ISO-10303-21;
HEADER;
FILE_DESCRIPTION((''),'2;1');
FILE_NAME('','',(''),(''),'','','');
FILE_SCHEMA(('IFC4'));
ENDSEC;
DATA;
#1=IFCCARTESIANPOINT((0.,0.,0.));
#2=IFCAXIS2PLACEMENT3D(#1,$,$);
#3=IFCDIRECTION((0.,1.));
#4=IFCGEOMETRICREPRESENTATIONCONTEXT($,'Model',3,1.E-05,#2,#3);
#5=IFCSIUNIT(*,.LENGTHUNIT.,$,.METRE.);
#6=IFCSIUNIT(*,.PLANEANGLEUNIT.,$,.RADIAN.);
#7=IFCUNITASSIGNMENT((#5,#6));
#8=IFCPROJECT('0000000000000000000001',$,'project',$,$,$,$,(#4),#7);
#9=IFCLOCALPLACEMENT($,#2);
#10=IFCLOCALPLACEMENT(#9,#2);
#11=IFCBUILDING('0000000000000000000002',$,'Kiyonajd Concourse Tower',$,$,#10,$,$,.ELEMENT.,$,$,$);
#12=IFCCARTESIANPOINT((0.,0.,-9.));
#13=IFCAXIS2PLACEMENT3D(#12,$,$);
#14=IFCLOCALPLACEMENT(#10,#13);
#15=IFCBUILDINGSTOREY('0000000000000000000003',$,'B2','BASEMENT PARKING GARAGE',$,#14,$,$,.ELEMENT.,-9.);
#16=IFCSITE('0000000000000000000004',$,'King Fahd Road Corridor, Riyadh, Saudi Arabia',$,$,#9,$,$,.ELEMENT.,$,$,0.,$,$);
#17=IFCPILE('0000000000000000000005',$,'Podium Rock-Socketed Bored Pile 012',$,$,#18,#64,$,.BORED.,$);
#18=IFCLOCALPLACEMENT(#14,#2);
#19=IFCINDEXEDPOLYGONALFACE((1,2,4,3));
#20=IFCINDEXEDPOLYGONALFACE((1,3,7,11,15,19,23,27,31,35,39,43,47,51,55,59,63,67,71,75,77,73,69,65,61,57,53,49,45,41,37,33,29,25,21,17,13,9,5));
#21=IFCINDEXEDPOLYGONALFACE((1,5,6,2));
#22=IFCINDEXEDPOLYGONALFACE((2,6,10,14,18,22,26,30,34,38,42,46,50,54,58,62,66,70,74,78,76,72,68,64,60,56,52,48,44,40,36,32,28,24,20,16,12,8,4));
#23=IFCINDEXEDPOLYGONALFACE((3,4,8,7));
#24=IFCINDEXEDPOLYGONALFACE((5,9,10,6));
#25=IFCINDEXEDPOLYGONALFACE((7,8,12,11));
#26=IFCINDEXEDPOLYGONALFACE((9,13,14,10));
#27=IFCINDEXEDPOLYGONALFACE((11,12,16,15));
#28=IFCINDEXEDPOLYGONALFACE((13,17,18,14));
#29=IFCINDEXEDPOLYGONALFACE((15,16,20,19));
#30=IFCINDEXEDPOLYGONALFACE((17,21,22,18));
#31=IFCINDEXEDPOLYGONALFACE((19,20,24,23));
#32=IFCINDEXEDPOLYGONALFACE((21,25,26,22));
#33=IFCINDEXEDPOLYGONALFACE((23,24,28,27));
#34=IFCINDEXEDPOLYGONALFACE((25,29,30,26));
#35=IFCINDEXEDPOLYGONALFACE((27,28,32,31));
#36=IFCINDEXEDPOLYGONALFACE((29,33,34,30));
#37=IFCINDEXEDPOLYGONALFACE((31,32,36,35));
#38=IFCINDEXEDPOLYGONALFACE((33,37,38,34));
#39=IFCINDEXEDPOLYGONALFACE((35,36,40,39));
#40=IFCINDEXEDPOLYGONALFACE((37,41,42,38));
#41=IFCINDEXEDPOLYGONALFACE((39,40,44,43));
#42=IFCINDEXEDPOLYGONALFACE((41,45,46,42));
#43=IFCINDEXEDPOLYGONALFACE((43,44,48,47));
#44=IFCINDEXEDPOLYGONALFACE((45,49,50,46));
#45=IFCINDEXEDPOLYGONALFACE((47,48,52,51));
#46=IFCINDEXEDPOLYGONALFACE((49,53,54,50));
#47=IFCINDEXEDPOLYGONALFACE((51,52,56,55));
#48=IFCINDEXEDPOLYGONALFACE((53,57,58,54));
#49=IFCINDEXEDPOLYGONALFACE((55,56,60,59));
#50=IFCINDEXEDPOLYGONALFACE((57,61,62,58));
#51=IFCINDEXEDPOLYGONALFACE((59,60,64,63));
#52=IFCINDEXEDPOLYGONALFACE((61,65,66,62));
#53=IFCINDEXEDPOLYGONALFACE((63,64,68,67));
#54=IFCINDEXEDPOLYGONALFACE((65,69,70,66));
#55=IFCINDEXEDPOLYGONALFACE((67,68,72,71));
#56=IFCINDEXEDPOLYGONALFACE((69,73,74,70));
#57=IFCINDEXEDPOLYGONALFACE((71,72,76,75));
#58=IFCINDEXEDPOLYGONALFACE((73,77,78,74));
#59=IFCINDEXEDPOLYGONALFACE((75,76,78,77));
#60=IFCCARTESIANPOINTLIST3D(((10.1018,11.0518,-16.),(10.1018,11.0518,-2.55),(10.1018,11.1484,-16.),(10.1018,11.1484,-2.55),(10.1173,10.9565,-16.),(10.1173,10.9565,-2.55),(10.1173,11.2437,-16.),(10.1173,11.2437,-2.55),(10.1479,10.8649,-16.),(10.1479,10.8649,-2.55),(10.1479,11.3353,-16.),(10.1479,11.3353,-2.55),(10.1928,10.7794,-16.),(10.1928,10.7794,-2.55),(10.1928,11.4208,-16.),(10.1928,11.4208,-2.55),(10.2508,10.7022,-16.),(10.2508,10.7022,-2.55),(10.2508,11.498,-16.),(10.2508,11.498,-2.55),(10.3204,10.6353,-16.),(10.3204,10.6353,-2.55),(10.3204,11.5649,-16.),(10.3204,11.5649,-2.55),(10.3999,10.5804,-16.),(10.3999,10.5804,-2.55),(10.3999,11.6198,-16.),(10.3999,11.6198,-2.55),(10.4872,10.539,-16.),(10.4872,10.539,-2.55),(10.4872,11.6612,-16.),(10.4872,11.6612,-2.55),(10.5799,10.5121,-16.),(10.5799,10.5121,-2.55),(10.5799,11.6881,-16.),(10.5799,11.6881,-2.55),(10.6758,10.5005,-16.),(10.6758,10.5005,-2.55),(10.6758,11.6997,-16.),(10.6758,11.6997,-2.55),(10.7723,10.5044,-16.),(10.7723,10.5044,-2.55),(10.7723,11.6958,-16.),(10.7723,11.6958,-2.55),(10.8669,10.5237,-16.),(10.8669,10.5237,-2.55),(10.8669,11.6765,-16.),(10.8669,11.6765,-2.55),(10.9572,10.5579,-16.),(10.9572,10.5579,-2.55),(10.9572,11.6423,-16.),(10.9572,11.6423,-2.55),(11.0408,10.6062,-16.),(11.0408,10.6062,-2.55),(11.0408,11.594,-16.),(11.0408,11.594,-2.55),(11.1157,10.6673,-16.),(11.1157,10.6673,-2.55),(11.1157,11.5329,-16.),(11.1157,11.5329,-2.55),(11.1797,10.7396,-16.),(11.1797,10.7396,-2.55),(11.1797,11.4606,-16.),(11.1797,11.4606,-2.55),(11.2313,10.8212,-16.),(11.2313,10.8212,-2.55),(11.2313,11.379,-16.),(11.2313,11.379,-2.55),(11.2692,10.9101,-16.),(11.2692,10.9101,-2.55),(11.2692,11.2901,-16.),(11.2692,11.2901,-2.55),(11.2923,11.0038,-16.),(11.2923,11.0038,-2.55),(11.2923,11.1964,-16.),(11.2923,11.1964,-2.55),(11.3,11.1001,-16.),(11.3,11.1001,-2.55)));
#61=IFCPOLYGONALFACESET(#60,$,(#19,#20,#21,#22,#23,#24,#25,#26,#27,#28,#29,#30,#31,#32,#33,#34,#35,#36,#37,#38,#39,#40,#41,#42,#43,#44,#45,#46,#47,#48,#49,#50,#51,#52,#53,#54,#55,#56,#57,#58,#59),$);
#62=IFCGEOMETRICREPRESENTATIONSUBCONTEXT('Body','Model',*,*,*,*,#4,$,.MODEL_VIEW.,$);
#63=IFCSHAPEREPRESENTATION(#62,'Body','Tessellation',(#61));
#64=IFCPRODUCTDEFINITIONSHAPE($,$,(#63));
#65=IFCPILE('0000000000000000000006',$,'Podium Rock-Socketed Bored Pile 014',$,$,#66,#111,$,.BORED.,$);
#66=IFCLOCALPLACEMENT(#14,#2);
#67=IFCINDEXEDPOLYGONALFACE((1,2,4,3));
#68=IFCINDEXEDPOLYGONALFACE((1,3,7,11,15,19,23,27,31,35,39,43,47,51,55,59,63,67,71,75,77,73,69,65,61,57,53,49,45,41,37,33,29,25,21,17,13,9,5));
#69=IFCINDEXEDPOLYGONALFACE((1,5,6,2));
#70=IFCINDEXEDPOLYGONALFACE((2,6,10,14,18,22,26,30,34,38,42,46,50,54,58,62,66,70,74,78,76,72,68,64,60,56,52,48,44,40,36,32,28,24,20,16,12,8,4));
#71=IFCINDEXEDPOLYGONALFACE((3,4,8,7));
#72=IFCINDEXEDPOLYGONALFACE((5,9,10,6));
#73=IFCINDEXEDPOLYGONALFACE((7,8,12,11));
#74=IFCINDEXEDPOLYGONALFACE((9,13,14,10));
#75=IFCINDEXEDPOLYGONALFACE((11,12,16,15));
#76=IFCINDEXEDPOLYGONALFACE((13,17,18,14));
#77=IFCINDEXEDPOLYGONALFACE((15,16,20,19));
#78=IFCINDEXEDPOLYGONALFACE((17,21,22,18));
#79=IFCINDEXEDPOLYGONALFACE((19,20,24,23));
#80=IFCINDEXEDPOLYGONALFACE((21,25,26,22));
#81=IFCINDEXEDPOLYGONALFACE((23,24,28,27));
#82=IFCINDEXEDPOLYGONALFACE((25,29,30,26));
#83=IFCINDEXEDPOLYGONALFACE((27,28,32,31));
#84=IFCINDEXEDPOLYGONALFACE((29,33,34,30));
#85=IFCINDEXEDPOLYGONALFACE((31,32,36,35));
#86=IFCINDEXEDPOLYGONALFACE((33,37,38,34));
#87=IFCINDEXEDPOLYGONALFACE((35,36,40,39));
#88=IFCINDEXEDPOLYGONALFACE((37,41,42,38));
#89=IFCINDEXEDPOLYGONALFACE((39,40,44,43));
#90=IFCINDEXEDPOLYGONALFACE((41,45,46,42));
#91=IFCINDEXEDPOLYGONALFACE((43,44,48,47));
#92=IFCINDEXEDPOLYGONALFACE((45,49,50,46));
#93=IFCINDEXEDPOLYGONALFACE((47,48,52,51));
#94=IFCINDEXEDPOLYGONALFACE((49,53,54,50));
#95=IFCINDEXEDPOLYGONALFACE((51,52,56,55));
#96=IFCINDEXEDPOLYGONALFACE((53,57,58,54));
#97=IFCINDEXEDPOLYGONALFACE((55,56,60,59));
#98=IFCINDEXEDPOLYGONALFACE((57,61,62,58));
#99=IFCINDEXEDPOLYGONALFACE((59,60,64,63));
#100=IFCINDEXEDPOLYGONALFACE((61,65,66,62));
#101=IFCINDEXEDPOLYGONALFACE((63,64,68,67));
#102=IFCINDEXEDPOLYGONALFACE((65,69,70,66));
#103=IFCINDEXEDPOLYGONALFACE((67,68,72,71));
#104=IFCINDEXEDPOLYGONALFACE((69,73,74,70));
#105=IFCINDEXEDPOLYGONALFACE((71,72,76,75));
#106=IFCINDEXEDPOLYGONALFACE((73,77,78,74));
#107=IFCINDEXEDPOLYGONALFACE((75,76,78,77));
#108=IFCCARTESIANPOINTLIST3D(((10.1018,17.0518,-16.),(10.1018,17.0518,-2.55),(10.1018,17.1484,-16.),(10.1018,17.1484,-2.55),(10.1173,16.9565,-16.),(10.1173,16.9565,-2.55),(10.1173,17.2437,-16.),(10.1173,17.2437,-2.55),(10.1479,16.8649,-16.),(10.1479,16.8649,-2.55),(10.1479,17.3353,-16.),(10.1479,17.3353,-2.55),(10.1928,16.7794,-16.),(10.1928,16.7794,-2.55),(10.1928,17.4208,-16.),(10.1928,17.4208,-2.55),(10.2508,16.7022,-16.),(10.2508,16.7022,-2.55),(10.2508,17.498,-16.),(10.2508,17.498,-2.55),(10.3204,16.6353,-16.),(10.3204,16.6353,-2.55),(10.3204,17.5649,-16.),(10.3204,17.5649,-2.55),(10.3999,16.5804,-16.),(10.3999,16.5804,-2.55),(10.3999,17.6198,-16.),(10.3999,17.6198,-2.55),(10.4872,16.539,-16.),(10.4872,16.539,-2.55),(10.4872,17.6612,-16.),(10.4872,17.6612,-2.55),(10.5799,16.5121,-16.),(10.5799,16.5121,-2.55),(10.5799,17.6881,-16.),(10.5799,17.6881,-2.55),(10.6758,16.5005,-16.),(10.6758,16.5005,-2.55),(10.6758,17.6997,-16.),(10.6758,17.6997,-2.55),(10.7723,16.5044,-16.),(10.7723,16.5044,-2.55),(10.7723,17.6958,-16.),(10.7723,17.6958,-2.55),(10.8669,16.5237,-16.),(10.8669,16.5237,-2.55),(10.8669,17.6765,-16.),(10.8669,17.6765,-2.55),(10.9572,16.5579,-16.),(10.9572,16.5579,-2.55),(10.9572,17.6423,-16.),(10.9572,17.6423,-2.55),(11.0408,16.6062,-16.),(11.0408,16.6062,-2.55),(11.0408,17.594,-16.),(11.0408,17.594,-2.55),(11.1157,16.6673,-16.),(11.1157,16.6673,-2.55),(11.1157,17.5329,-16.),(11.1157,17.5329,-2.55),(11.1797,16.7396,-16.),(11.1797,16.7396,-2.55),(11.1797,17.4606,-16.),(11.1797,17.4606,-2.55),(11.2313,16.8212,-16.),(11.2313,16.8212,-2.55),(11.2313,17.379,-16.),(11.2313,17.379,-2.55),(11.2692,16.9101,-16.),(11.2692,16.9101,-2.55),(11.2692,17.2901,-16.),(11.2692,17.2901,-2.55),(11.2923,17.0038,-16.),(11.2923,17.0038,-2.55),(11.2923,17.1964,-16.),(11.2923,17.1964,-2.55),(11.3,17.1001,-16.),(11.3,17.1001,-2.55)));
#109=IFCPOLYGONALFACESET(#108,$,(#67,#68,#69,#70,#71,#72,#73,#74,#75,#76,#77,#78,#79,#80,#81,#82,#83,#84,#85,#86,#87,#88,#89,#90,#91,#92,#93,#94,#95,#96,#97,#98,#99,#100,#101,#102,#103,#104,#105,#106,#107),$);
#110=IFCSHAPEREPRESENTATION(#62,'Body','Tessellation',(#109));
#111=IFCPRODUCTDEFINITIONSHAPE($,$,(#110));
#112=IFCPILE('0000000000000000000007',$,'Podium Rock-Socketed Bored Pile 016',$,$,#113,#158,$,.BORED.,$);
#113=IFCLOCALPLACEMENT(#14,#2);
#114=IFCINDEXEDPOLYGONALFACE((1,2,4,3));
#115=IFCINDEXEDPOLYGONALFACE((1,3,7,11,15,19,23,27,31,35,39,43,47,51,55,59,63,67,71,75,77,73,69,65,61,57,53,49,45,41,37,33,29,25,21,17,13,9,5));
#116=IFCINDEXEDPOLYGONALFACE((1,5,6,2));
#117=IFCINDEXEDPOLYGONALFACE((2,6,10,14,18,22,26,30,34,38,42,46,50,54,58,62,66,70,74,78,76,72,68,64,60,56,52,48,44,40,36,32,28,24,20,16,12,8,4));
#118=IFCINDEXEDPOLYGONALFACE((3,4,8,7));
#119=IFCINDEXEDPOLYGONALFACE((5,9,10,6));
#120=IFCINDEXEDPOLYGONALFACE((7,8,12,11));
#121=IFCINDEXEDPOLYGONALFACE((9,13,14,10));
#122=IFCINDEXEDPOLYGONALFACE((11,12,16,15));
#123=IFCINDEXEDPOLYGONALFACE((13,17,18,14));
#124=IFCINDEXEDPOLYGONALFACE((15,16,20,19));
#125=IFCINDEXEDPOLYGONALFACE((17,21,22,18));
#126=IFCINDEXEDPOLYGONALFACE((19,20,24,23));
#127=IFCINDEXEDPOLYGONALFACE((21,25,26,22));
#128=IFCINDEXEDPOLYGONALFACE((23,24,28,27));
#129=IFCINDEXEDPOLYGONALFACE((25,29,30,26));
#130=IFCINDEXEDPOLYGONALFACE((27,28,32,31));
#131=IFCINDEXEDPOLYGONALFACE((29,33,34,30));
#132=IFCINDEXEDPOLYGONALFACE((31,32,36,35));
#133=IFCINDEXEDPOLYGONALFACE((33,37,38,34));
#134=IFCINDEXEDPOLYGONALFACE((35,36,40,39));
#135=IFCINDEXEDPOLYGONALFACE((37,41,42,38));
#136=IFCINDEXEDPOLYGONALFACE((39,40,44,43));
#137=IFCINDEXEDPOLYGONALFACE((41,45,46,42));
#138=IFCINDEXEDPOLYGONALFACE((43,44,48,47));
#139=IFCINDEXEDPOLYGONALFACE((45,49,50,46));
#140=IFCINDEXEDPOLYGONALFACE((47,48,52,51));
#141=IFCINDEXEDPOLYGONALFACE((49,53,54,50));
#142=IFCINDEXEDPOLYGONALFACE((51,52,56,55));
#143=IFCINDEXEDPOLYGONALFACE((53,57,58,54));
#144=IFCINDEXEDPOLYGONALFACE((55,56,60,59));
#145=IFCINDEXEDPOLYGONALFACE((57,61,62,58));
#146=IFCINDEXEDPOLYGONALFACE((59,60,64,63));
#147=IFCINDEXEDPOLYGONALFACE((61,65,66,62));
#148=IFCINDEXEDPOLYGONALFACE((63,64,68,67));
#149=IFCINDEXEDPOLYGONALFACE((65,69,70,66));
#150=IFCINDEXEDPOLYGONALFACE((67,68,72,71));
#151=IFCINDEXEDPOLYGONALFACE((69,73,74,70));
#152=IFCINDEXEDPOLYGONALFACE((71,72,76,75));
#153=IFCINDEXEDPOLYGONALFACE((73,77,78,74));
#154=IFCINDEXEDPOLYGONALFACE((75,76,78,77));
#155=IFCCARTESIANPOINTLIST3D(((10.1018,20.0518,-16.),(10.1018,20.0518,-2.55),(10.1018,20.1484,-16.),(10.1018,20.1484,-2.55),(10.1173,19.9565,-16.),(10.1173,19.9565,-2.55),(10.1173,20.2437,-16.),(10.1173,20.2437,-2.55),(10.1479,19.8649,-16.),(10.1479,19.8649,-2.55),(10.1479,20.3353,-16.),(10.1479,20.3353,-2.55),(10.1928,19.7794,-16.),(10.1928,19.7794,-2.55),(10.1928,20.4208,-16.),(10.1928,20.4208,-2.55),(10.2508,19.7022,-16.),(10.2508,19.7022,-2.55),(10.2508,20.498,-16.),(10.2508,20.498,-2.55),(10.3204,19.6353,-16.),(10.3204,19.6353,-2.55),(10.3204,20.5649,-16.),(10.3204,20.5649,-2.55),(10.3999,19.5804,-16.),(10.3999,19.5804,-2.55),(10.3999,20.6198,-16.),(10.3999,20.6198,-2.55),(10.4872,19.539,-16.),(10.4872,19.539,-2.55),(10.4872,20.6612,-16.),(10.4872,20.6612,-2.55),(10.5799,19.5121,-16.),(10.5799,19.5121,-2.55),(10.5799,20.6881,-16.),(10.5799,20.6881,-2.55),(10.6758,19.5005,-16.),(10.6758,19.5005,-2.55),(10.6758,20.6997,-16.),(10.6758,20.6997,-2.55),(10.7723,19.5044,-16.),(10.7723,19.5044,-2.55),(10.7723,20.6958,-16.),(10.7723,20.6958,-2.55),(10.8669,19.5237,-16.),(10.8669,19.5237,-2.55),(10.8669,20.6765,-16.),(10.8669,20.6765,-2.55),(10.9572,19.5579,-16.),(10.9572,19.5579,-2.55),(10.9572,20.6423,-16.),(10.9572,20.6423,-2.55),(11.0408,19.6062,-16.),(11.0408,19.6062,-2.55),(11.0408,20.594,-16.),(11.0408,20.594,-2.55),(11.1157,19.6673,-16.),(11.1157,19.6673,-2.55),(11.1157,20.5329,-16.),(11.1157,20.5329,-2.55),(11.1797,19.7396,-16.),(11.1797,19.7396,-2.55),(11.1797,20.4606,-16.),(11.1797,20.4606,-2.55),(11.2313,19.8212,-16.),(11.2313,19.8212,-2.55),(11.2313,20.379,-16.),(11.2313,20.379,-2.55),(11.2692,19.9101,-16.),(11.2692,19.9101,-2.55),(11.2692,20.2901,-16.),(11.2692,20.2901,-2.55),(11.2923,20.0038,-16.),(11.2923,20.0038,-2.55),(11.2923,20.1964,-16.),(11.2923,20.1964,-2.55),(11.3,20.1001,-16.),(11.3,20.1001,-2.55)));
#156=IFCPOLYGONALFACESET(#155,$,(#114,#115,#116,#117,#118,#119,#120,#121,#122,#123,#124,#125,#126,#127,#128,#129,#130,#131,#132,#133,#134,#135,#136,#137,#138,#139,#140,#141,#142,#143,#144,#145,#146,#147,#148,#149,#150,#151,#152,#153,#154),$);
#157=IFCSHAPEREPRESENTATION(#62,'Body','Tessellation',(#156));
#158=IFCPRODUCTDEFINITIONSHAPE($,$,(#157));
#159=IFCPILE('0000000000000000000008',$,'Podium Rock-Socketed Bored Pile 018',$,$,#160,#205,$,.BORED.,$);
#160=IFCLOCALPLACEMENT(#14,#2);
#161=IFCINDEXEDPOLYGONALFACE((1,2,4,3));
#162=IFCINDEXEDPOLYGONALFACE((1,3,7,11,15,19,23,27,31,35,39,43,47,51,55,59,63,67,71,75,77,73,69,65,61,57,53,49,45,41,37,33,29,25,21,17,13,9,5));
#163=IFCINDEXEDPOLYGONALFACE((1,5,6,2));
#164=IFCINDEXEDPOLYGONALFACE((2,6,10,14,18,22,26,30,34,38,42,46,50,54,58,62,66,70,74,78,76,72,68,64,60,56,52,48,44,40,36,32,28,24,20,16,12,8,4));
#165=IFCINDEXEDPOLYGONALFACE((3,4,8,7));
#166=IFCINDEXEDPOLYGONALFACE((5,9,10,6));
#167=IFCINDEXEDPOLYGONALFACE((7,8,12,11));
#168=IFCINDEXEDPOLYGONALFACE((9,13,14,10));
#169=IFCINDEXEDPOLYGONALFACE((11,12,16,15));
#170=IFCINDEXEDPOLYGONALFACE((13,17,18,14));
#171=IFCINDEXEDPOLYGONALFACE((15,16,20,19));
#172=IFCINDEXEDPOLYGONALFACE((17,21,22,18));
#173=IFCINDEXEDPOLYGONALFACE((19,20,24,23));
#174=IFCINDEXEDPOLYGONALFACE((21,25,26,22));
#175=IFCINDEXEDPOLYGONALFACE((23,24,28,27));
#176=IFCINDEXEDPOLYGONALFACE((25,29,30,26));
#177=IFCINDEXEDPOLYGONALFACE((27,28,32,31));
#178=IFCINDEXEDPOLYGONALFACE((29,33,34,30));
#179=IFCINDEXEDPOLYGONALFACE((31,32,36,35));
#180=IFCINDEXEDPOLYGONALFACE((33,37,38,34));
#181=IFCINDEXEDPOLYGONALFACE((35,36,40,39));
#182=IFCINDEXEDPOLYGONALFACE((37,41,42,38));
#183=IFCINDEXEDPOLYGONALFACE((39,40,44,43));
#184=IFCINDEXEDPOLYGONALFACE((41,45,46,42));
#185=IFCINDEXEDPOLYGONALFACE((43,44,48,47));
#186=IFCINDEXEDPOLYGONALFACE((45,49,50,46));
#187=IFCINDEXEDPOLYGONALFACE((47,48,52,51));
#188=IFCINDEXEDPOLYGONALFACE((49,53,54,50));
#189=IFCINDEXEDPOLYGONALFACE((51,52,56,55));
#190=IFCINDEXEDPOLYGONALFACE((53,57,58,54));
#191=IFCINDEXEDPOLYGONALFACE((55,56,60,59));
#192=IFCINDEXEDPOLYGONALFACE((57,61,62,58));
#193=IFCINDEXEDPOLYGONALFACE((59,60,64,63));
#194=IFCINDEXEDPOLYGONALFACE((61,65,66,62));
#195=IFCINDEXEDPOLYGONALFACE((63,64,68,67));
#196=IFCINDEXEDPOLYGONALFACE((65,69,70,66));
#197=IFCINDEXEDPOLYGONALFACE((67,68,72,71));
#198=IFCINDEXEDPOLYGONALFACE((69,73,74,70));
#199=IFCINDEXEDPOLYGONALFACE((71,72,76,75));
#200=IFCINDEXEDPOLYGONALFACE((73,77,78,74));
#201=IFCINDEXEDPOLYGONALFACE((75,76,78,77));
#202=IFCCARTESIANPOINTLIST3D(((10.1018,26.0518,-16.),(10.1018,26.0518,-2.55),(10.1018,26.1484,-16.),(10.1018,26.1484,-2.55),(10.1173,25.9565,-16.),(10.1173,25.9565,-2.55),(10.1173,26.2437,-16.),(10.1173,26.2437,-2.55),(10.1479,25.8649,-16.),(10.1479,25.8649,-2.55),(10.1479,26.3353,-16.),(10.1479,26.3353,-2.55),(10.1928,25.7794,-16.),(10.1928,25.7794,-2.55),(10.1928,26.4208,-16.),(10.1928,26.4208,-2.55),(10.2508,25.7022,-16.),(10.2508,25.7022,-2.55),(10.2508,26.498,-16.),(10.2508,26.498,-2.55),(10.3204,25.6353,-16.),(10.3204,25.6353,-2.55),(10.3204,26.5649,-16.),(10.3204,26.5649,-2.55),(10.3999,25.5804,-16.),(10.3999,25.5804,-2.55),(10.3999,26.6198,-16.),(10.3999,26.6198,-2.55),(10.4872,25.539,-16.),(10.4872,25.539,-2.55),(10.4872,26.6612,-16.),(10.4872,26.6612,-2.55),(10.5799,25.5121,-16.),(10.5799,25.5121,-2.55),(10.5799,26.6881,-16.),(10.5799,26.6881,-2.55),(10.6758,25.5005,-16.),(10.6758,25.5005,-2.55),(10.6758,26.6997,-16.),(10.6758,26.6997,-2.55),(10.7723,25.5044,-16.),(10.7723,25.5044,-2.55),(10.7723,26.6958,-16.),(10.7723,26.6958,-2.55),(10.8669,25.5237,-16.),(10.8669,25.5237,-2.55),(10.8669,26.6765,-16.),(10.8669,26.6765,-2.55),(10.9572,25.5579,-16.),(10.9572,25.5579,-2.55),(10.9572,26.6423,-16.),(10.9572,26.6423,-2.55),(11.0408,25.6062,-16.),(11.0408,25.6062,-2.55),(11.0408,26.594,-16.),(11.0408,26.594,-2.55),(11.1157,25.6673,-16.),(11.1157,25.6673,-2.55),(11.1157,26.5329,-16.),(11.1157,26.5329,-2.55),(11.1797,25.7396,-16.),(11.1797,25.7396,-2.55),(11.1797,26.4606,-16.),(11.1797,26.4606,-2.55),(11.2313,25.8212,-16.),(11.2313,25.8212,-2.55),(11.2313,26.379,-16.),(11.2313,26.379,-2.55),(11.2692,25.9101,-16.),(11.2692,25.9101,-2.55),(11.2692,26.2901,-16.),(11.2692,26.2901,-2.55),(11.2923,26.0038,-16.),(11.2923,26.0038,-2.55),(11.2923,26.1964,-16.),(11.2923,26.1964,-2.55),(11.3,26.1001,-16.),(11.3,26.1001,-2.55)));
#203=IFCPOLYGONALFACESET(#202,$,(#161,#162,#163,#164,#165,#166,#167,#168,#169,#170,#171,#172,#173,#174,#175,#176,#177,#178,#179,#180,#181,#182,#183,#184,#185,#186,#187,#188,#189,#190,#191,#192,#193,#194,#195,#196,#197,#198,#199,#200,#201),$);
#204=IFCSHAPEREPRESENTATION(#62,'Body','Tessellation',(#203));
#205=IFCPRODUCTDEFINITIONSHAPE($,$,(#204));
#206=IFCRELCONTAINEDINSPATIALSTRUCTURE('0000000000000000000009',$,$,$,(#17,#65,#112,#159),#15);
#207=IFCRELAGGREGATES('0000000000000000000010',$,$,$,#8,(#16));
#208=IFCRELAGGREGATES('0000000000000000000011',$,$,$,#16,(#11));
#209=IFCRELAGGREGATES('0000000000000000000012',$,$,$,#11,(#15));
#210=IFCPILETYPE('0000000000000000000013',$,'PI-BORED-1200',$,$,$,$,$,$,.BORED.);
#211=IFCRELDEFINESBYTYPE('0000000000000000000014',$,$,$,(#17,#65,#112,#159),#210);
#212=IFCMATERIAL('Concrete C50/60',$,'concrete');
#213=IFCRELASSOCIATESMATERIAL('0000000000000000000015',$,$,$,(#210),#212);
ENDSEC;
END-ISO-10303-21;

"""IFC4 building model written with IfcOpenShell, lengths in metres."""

from ifc_helpers import new_model, si_unit, direction, frame, origin, origin_2d, place, context, subcontext, project, spatial, circle, extrude, material, material_profile, profile_set, type_object, element, save


model = new_model("IFC4")

# Units and contexts
model_context = context("Model", 3, precision=1e-05, world=origin(), true_north=direction((0.0, 1.0)))
body_context = subcontext(model_context, "Body", "Model", "MODEL_VIEW")
ifc_project = project(units=[si_unit("LENGTHUNIT", "METRE"), si_unit("PLANEANGLEUNIT", "RADIAN")], contexts=[model_context])

# Site, building, storey
site_placement = place(None, origin())
site = spatial("IfcSite", under=ifc_project, at=site_placement, Name="King Fahd Road Corridor, Riyadh, Saudi Arabia", CompositionType="ELEMENT", RefElevation=0.0)
building_placement = place(site_placement, origin())
building = spatial("IfcBuilding", under=site, at=building_placement, Name="Kiyonajd Concourse Tower", CompositionType="ELEMENT")
storey_placement = place(building_placement, frame((0.0, 0.0, -9.0)))
storey = spatial("IfcBuildingStorey", under=building, at=storey_placement, Name="B2", Description="BASEMENT PARKING GARAGE", CompositionType="ELEMENT", Elevation=-9.0)

# Piles
ifc_material_1 = material(Name="Concrete C50/60", Category="concrete")
ifc_material_profile_1 = material_profile(ifc_material_1, circle(Radius=0.6001, at=origin_2d()), Name="PILE-D1200")
ifc_profile_set_1 = profile_set([ifc_material_profile_1], Name="Concrete C50/60")
pile_type_1 = type_object("IfcPileType", Name="PI-BORED-1200", PredefinedType="BORED", material=ifc_profile_set_1)
for number, where, z_axis, x_axis, name in (
    (1, (10.7, 11.1001, -2.55), (0.0, 0.0, -1.0), (1.0, 0.0, 0.0), "Podium Rock-Socketed Bored Pile 012"),
    (2, (10.7, 17.1001, -2.55), (0.0, 0.0, -1.0), (1.0, 0.0, 0.0), "Podium Rock-Socketed Bored Pile 014"),
    (3, (10.7, 20.1001, -2.55), (0.0, 0.0, -1.0), (1.0, 0.0, 0.0), "Podium Rock-Socketed Bored Pile 016"),
    (4, (10.7, 26.1001, -2.55), (0.0, 0.0, -1.0), (1.0, 0.0, 0.0), "Podium Rock-Socketed Bored Pile 018"),
):
    element("IfcPile", number, at=place(storey_placement, frame(where, z_axis=z_axis, x_axis=x_axis)), inside=storey, type_object=pile_type_1, Name=name, PredefinedType="BORED", context=body_context, shape_type="SweptSolid", body=[
        extrude(circle(Radius=0.6001, at=origin_2d()), origin(), (0.0, 0.0, 1.0), 13.45),
    ])

save(model, "model.ifc")
